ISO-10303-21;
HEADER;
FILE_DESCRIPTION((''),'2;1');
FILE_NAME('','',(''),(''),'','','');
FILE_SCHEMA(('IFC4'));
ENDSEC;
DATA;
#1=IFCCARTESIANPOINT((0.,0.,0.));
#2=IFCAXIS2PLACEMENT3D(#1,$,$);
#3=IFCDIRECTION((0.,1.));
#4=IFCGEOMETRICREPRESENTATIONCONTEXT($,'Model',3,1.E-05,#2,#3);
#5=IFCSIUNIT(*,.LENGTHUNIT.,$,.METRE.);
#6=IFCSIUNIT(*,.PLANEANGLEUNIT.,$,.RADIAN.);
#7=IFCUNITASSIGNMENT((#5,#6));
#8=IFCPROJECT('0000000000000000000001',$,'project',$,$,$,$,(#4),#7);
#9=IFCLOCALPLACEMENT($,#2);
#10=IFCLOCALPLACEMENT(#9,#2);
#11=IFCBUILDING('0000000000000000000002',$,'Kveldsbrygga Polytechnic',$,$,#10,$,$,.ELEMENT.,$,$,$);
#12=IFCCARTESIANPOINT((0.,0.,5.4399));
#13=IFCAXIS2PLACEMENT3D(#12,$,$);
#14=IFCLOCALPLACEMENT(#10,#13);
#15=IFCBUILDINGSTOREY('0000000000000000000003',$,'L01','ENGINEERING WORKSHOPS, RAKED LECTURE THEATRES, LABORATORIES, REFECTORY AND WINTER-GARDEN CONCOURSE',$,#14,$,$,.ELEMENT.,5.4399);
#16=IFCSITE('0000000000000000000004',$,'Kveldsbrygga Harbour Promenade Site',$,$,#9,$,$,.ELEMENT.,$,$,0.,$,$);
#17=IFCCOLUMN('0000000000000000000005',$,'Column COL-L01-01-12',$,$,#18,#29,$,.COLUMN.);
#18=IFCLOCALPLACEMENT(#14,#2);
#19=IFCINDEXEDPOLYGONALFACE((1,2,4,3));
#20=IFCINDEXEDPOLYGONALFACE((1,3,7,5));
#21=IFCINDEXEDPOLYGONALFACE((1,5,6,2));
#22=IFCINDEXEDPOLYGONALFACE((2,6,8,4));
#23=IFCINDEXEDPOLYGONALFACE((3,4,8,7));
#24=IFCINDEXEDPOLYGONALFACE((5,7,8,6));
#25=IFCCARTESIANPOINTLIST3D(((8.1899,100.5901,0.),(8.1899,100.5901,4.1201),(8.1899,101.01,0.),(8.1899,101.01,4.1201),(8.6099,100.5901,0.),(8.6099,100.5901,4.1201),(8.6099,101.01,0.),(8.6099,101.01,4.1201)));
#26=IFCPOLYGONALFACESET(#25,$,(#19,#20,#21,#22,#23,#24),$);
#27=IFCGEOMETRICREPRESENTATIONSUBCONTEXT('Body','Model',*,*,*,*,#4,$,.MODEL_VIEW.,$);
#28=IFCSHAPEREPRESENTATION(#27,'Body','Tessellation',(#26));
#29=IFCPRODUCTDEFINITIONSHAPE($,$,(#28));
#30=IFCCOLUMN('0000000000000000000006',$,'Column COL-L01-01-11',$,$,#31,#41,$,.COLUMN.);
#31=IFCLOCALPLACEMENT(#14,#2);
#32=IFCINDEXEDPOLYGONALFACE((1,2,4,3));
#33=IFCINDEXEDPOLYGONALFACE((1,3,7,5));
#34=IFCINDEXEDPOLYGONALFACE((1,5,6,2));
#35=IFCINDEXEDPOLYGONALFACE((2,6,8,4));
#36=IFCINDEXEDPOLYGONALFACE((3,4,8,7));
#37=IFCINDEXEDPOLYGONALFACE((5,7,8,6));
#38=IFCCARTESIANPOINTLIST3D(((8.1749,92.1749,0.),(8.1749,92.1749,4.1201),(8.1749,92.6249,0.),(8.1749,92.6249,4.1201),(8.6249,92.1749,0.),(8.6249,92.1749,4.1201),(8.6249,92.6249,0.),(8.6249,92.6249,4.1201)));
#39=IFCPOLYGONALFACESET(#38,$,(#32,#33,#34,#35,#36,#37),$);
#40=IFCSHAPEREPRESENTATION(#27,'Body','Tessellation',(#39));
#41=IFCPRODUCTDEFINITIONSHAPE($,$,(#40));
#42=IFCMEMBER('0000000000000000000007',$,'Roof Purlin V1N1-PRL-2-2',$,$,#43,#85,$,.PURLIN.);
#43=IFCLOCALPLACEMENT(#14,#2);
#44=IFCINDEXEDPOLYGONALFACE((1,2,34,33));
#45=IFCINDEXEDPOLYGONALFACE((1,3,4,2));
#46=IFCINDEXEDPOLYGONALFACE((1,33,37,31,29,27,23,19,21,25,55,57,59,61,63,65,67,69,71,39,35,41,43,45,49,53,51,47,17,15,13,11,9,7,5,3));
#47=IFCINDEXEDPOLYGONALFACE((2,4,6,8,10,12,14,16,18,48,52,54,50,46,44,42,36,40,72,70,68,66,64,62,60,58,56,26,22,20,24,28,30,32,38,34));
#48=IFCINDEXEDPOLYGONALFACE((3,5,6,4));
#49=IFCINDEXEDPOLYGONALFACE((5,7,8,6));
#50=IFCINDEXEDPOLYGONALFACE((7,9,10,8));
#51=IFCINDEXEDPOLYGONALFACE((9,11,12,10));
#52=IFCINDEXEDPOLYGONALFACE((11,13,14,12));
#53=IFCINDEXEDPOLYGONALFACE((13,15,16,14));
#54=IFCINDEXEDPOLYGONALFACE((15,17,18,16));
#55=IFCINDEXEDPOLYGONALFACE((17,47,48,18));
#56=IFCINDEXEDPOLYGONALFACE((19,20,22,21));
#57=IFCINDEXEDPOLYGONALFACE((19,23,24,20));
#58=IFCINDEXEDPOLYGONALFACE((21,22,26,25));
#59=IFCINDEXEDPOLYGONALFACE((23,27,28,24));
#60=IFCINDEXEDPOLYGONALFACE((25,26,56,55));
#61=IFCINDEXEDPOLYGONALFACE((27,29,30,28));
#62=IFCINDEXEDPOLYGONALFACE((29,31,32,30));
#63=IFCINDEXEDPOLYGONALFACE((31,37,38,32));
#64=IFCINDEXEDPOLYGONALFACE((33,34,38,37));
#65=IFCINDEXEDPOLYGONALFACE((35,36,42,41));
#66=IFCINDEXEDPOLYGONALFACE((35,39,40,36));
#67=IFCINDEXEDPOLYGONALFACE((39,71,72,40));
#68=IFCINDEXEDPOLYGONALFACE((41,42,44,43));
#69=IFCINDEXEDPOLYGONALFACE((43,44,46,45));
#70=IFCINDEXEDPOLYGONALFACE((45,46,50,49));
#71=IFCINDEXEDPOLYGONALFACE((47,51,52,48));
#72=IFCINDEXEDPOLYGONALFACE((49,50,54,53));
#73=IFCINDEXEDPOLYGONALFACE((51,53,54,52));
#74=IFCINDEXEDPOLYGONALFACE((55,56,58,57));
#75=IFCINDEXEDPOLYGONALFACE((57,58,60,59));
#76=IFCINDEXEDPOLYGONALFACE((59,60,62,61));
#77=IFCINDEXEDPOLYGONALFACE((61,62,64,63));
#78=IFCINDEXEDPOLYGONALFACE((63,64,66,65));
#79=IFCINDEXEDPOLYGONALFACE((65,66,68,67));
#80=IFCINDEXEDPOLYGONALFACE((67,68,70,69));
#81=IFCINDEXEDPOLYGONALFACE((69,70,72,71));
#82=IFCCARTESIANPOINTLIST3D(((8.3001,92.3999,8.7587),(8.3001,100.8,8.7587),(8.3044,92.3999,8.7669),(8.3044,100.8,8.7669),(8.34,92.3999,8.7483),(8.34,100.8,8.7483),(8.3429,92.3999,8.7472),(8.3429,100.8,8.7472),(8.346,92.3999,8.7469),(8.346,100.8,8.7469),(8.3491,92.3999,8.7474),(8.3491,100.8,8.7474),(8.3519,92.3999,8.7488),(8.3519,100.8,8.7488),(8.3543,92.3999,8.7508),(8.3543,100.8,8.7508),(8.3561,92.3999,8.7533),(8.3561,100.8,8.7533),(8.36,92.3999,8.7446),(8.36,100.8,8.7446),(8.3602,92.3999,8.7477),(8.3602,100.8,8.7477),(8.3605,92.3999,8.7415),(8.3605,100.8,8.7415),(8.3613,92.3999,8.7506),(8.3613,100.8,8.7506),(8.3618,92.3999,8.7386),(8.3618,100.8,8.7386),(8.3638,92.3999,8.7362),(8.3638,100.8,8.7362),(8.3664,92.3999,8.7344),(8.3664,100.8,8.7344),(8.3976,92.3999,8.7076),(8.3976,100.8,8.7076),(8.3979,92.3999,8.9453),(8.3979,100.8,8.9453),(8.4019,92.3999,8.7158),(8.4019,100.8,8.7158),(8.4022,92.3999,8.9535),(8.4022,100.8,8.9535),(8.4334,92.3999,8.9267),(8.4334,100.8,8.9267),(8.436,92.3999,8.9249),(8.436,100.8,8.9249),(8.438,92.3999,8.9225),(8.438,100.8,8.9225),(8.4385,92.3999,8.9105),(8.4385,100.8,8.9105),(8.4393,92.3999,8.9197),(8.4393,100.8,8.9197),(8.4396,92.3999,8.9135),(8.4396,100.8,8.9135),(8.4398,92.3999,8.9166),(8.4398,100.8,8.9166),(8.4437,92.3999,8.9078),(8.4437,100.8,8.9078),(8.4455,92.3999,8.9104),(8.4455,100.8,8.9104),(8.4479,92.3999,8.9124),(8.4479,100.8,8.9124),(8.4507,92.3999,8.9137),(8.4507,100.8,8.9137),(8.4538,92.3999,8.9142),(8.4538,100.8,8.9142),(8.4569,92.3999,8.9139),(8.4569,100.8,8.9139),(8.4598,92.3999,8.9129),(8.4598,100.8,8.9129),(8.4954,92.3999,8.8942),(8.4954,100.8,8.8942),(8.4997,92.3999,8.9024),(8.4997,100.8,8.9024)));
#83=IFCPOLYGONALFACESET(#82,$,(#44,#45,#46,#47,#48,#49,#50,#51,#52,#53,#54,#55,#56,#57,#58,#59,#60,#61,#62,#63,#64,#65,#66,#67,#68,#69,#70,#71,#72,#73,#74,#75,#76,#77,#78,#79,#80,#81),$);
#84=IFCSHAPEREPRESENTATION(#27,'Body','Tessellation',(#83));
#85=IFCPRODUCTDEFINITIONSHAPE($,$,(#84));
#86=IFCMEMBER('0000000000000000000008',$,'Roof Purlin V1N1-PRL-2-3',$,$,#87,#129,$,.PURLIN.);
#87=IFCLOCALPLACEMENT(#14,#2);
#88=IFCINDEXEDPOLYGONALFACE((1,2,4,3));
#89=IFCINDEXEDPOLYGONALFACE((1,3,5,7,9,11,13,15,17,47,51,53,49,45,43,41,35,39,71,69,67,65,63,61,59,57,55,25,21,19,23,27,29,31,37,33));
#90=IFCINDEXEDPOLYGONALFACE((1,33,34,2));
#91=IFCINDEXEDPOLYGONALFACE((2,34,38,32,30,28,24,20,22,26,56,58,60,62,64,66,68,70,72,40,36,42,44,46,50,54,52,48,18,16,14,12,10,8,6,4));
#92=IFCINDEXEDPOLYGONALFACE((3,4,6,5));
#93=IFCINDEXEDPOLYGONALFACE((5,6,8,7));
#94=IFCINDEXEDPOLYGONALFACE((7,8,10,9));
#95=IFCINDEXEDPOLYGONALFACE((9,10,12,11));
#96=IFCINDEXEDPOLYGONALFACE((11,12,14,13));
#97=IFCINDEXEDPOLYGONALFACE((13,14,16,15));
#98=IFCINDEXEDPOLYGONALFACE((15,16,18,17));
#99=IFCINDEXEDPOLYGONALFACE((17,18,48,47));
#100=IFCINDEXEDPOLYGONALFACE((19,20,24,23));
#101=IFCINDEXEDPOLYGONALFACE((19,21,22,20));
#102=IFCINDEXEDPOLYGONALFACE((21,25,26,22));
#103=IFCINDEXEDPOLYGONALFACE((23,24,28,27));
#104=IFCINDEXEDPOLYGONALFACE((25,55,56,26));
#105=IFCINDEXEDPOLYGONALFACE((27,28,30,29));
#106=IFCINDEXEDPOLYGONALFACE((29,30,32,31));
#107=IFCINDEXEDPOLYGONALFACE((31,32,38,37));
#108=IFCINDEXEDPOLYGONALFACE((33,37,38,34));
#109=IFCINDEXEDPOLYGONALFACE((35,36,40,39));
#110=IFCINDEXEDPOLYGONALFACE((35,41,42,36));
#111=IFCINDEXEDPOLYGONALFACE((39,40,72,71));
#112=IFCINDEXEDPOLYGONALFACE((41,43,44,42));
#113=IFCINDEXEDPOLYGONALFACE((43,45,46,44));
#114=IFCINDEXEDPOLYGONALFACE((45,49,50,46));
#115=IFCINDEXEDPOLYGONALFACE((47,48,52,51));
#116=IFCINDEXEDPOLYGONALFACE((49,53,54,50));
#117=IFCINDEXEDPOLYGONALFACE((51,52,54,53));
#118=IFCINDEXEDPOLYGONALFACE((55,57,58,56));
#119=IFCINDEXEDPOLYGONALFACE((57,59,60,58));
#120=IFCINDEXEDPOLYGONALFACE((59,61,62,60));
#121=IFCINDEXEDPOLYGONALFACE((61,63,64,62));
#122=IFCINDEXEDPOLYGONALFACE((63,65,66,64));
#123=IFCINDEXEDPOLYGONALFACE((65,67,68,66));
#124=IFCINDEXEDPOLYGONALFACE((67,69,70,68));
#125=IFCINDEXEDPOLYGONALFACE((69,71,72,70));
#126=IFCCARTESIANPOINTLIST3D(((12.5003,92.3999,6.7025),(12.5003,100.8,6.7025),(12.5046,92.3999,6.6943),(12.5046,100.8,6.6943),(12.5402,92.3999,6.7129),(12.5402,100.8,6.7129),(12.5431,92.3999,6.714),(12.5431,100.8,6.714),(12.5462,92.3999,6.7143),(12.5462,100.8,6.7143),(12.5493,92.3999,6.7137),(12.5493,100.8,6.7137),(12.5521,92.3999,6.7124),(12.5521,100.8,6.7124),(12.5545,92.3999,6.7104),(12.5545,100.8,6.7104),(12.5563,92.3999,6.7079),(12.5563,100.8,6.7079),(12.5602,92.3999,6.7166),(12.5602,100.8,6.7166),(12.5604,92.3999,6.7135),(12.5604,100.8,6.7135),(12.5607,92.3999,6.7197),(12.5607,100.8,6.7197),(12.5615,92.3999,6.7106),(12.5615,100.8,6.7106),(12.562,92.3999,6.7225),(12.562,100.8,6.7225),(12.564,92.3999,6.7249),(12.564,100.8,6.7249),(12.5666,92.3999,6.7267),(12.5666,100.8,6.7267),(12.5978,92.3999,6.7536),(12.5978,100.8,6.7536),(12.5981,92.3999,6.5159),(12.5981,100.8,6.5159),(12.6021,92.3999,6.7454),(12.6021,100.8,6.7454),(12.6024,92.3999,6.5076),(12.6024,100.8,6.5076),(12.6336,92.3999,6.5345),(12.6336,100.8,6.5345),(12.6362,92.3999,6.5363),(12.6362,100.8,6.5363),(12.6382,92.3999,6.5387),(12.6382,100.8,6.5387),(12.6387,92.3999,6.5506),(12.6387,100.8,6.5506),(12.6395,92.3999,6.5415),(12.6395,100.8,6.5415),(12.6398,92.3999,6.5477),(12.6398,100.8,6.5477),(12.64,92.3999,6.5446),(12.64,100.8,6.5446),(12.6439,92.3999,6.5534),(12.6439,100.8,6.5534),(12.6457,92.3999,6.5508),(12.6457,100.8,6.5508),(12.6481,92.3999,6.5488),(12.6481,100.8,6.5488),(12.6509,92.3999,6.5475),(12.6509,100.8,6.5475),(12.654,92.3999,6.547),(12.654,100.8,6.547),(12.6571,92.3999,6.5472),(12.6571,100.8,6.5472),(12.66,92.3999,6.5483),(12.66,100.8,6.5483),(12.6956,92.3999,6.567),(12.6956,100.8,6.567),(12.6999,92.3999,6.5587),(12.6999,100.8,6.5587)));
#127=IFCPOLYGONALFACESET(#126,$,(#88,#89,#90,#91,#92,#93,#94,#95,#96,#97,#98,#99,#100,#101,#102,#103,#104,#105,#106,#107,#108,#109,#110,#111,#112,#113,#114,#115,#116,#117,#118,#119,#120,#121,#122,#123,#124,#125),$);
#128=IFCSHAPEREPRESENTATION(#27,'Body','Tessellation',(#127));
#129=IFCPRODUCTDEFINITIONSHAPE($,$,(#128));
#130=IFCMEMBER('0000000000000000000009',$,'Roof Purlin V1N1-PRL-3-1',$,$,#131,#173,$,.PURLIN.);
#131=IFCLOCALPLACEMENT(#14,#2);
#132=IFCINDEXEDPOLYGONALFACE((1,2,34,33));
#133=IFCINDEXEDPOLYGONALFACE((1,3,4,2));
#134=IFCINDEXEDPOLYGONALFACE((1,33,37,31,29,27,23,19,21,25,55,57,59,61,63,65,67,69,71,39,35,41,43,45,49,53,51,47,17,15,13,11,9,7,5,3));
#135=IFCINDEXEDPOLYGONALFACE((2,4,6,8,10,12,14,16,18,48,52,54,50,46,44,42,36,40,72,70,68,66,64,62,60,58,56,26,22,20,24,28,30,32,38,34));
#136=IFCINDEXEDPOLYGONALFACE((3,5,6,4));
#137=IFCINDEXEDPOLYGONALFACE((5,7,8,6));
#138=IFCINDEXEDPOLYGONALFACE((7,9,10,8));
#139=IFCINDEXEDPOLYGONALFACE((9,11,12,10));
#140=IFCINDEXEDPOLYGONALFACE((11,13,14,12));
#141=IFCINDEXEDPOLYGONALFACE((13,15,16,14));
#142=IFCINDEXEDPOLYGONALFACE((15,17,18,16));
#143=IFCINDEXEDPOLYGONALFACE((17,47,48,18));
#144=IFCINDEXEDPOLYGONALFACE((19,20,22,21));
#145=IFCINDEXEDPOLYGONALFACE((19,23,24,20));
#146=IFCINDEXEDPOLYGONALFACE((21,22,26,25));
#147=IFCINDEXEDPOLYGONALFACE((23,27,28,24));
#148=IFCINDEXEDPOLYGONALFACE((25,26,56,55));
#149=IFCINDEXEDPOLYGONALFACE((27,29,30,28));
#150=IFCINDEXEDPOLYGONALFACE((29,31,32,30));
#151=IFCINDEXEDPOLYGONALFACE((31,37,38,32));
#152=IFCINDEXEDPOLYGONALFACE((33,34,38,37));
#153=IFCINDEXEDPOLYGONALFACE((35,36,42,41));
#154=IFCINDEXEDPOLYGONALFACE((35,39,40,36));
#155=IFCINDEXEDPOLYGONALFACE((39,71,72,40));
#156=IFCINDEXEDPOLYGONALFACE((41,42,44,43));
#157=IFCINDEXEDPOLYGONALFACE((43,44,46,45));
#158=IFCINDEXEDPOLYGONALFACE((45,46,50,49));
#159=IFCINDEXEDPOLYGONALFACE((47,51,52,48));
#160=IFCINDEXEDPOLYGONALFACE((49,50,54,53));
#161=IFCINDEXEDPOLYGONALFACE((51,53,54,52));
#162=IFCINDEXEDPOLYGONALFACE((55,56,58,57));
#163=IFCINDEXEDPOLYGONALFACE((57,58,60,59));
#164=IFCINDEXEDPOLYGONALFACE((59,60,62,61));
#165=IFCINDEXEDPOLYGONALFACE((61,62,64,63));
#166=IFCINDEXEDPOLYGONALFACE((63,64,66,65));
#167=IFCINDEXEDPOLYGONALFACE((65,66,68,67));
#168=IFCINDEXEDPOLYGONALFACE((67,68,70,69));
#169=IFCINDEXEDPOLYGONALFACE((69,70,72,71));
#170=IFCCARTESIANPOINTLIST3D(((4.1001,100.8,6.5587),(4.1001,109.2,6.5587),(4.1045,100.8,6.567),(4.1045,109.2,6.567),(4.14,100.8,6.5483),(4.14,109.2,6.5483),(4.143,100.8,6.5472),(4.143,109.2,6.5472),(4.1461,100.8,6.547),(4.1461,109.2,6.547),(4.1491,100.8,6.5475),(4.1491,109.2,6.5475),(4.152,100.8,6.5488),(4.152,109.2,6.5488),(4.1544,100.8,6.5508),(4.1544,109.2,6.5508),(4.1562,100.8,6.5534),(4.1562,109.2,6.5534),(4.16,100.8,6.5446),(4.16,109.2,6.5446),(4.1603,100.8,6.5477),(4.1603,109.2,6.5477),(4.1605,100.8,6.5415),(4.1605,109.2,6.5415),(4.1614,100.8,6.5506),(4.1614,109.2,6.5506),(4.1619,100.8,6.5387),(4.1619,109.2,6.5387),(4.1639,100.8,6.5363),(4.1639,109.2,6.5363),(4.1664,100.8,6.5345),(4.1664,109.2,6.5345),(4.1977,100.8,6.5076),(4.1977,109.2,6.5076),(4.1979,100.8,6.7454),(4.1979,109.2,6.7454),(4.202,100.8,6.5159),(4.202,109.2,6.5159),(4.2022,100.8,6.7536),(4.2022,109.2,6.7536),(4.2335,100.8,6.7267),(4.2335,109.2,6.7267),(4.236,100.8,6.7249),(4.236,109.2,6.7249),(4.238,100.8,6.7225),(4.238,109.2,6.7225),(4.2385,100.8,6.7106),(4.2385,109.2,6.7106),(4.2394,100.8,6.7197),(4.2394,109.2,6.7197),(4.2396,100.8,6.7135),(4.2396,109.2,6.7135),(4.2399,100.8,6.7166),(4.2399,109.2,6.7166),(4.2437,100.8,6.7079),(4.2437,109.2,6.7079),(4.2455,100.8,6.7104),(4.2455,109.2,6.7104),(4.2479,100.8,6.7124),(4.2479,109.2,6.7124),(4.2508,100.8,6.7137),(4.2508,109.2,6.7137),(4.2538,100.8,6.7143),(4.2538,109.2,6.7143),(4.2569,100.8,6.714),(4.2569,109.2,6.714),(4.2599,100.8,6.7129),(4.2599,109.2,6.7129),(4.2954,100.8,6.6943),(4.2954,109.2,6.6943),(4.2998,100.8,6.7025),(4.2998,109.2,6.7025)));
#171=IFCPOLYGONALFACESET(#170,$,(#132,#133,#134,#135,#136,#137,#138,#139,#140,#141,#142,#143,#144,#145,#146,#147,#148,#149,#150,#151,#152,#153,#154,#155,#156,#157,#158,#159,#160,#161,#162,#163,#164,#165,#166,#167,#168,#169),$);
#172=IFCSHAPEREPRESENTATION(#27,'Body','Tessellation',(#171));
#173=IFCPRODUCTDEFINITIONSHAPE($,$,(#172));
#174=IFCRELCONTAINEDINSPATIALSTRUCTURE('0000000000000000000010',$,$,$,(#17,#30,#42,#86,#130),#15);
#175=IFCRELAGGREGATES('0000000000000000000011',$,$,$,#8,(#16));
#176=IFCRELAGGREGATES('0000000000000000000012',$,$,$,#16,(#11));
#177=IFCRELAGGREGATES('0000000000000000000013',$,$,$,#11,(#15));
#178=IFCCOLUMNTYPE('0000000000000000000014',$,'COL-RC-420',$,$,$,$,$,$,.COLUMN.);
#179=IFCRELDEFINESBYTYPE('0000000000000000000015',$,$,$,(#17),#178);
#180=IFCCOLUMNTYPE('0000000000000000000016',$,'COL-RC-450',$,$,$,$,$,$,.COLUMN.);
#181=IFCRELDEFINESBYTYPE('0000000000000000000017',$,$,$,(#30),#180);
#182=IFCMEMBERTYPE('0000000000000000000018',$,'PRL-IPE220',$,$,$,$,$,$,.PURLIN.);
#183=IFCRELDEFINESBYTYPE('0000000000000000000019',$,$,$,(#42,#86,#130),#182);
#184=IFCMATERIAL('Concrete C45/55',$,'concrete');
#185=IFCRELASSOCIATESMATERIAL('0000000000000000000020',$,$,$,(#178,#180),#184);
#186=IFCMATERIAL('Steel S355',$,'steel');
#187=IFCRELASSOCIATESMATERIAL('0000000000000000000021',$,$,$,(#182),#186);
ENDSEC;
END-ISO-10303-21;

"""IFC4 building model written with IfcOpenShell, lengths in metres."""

from ifc_helpers import new_model, si_unit, direction, frame, origin, origin_2d, place, context, subcontext, project, spatial, rectangle, i_section, extrude, material, material_profile, profile_set, type_object, element, save


model = new_model("IFC4")

# Units and contexts
model_context = context("Model", 3, precision=1e-05, world=origin(), true_north=direction((0.0, 1.0)))
body_context = subcontext(model_context, "Body", "Model", "MODEL_VIEW")
ifc_project = project(units=[si_unit("LENGTHUNIT", "METRE"), si_unit("PLANEANGLEUNIT", "RADIAN")], contexts=[model_context])

# Site, building, storey
site_placement = place(None, origin())
site = spatial("IfcSite", under=ifc_project, at=site_placement, Name="Kveldsbrygga Harbour Promenade Site", CompositionType="ELEMENT", RefElevation=0.0)
building_placement = place(site_placement, origin())
building = spatial("IfcBuilding", under=site, at=building_placement, Name="Kveldsbrygga Polytechnic", CompositionType="ELEMENT")
storey_placement = place(building_placement, frame((0.0, 0.0, 5.4399)))
storey = spatial("IfcBuildingStorey", under=building, at=storey_placement, Name="L01", Description="ENGINEERING WORKSHOPS, RAKED LECTURE THEATRES, LABORATORIES, REFECTORY AND WINTER-GARDEN CONCOURSE", CompositionType="ELEMENT", Elevation=5.4399)

# Columns
ifc_material_1 = material(Name="Concrete C45/55", Category="concrete")
ifc_material_profile_1 = material_profile(ifc_material_1, rectangle(XDim=0.4199, YDim=0.4199, at=origin_2d()), Name="RC 420x420")
ifc_profile_set_1 = profile_set([ifc_material_profile_1], Name="Concrete C45/55")
column_type_1 = type_object("IfcColumnType", Name="COL-RC-420", PredefinedType="COLUMN", material=ifc_profile_set_1)
column_1_placement = place(storey_placement, frame((8.3999, 100.8, 0.0), z_axis=(0.0, 0.0, 1.0), x_axis=(1.0, 0.0, 0.0)))
element("IfcColumn", 1, at=column_1_placement, inside=storey, type_object=column_type_1, Name="Column COL-L01-01-12", PredefinedType="COLUMN", context=body_context, shape_type="SweptSolid", body=[
    extrude(rectangle(XDim=0.4199, YDim=0.4199, at=origin_2d()), origin(), (0.0, 0.0, 1.0), 4.1201),
])
ifc_material_profile_2 = material_profile(ifc_material_1, rectangle(XDim=0.45, YDim=0.45, at=origin_2d()), Name="RC 450x450")
ifc_profile_set_2 = profile_set([ifc_material_profile_2], Name="Concrete C45/55")
column_type_2 = type_object("IfcColumnType", Name="COL-RC-450", PredefinedType="COLUMN", material=ifc_profile_set_2)
column_2_placement = place(storey_placement, frame((8.3999, 92.3999, 0.0), z_axis=(0.0, 0.0, 1.0), x_axis=(1.0, 0.0, 0.0)))
element("IfcColumn", 2, at=column_2_placement, inside=storey, type_object=column_type_2, Name="Column COL-L01-01-11", PredefinedType="COLUMN", context=body_context, shape_type="SweptSolid", body=[
    extrude(rectangle(XDim=0.45, YDim=0.45, at=origin_2d()), origin(), (0.0, 0.0, 1.0), 4.1201),
])

# Members
ifc_material_2 = material(Name="Steel S355", Category="steel")
ifc_material_profile_3 = material_profile(ifc_material_2, i_section(OverallWidth=0.1101, OverallDepth=0.22, WebThickness=0.0059, FlangeThickness=0.0093, FilletRadius=0.012, at=origin_2d()), Name="IPE 220")
ifc_profile_set_3 = profile_set([ifc_material_profile_3], Name="Steel S355")
member_type_1 = type_object("IfcMemberType", Name="PRL-IPE220", PredefinedType="PURLIN", material=ifc_profile_set_3)
for number, where, z_axis, x_axis, name in (
    (3, (8.3999, 92.3999, 8.8306), (0.0, 1.0, 0.0), (-0.885831, 0.0, 0.464007), "Roof Purlin V1N1-PRL-2-2"),
    (4, (12.6001, 92.3999, 6.6306), (0.0, 1.0, 0.0), (-0.885831, 0.0, -0.464007), "Roof Purlin V1N1-PRL-2-3"),
):
    element("IfcMember", number, at=place(storey_placement, frame(where, z_axis=z_axis, x_axis=x_axis)), inside=storey, type_object=member_type_1, Name=name, PredefinedType="PURLIN", context=body_context, shape_type="SweptSolid", body=[
        extrude(i_section(OverallWidth=0.1101, OverallDepth=0.22, WebThickness=0.0059, FlangeThickness=0.0093, FilletRadius=0.012, at=origin_2d()), origin(), (0.0, 0.0, 1.0), 8.4001),
    ])
member_1_placement = place(storey_placement, frame((4.2, 100.8, 6.6306), z_axis=(0.0, 1.0, 0.0), x_axis=(-0.885831, 0.0, 0.464007)))
element("IfcMember", 5, at=member_1_placement, inside=storey, type_object=member_type_1, Name="Roof Purlin V1N1-PRL-3-1", PredefinedType="PURLIN", context=body_context, shape_type="SweptSolid", body=[
    extrude(i_section(OverallWidth=0.1101, OverallDepth=0.22, WebThickness=0.0059, FlangeThickness=0.0093, FilletRadius=0.012, at=origin_2d()), origin(), (0.0, 0.0, 1.0), 8.3999),
])

save(model, "model.ifc")
